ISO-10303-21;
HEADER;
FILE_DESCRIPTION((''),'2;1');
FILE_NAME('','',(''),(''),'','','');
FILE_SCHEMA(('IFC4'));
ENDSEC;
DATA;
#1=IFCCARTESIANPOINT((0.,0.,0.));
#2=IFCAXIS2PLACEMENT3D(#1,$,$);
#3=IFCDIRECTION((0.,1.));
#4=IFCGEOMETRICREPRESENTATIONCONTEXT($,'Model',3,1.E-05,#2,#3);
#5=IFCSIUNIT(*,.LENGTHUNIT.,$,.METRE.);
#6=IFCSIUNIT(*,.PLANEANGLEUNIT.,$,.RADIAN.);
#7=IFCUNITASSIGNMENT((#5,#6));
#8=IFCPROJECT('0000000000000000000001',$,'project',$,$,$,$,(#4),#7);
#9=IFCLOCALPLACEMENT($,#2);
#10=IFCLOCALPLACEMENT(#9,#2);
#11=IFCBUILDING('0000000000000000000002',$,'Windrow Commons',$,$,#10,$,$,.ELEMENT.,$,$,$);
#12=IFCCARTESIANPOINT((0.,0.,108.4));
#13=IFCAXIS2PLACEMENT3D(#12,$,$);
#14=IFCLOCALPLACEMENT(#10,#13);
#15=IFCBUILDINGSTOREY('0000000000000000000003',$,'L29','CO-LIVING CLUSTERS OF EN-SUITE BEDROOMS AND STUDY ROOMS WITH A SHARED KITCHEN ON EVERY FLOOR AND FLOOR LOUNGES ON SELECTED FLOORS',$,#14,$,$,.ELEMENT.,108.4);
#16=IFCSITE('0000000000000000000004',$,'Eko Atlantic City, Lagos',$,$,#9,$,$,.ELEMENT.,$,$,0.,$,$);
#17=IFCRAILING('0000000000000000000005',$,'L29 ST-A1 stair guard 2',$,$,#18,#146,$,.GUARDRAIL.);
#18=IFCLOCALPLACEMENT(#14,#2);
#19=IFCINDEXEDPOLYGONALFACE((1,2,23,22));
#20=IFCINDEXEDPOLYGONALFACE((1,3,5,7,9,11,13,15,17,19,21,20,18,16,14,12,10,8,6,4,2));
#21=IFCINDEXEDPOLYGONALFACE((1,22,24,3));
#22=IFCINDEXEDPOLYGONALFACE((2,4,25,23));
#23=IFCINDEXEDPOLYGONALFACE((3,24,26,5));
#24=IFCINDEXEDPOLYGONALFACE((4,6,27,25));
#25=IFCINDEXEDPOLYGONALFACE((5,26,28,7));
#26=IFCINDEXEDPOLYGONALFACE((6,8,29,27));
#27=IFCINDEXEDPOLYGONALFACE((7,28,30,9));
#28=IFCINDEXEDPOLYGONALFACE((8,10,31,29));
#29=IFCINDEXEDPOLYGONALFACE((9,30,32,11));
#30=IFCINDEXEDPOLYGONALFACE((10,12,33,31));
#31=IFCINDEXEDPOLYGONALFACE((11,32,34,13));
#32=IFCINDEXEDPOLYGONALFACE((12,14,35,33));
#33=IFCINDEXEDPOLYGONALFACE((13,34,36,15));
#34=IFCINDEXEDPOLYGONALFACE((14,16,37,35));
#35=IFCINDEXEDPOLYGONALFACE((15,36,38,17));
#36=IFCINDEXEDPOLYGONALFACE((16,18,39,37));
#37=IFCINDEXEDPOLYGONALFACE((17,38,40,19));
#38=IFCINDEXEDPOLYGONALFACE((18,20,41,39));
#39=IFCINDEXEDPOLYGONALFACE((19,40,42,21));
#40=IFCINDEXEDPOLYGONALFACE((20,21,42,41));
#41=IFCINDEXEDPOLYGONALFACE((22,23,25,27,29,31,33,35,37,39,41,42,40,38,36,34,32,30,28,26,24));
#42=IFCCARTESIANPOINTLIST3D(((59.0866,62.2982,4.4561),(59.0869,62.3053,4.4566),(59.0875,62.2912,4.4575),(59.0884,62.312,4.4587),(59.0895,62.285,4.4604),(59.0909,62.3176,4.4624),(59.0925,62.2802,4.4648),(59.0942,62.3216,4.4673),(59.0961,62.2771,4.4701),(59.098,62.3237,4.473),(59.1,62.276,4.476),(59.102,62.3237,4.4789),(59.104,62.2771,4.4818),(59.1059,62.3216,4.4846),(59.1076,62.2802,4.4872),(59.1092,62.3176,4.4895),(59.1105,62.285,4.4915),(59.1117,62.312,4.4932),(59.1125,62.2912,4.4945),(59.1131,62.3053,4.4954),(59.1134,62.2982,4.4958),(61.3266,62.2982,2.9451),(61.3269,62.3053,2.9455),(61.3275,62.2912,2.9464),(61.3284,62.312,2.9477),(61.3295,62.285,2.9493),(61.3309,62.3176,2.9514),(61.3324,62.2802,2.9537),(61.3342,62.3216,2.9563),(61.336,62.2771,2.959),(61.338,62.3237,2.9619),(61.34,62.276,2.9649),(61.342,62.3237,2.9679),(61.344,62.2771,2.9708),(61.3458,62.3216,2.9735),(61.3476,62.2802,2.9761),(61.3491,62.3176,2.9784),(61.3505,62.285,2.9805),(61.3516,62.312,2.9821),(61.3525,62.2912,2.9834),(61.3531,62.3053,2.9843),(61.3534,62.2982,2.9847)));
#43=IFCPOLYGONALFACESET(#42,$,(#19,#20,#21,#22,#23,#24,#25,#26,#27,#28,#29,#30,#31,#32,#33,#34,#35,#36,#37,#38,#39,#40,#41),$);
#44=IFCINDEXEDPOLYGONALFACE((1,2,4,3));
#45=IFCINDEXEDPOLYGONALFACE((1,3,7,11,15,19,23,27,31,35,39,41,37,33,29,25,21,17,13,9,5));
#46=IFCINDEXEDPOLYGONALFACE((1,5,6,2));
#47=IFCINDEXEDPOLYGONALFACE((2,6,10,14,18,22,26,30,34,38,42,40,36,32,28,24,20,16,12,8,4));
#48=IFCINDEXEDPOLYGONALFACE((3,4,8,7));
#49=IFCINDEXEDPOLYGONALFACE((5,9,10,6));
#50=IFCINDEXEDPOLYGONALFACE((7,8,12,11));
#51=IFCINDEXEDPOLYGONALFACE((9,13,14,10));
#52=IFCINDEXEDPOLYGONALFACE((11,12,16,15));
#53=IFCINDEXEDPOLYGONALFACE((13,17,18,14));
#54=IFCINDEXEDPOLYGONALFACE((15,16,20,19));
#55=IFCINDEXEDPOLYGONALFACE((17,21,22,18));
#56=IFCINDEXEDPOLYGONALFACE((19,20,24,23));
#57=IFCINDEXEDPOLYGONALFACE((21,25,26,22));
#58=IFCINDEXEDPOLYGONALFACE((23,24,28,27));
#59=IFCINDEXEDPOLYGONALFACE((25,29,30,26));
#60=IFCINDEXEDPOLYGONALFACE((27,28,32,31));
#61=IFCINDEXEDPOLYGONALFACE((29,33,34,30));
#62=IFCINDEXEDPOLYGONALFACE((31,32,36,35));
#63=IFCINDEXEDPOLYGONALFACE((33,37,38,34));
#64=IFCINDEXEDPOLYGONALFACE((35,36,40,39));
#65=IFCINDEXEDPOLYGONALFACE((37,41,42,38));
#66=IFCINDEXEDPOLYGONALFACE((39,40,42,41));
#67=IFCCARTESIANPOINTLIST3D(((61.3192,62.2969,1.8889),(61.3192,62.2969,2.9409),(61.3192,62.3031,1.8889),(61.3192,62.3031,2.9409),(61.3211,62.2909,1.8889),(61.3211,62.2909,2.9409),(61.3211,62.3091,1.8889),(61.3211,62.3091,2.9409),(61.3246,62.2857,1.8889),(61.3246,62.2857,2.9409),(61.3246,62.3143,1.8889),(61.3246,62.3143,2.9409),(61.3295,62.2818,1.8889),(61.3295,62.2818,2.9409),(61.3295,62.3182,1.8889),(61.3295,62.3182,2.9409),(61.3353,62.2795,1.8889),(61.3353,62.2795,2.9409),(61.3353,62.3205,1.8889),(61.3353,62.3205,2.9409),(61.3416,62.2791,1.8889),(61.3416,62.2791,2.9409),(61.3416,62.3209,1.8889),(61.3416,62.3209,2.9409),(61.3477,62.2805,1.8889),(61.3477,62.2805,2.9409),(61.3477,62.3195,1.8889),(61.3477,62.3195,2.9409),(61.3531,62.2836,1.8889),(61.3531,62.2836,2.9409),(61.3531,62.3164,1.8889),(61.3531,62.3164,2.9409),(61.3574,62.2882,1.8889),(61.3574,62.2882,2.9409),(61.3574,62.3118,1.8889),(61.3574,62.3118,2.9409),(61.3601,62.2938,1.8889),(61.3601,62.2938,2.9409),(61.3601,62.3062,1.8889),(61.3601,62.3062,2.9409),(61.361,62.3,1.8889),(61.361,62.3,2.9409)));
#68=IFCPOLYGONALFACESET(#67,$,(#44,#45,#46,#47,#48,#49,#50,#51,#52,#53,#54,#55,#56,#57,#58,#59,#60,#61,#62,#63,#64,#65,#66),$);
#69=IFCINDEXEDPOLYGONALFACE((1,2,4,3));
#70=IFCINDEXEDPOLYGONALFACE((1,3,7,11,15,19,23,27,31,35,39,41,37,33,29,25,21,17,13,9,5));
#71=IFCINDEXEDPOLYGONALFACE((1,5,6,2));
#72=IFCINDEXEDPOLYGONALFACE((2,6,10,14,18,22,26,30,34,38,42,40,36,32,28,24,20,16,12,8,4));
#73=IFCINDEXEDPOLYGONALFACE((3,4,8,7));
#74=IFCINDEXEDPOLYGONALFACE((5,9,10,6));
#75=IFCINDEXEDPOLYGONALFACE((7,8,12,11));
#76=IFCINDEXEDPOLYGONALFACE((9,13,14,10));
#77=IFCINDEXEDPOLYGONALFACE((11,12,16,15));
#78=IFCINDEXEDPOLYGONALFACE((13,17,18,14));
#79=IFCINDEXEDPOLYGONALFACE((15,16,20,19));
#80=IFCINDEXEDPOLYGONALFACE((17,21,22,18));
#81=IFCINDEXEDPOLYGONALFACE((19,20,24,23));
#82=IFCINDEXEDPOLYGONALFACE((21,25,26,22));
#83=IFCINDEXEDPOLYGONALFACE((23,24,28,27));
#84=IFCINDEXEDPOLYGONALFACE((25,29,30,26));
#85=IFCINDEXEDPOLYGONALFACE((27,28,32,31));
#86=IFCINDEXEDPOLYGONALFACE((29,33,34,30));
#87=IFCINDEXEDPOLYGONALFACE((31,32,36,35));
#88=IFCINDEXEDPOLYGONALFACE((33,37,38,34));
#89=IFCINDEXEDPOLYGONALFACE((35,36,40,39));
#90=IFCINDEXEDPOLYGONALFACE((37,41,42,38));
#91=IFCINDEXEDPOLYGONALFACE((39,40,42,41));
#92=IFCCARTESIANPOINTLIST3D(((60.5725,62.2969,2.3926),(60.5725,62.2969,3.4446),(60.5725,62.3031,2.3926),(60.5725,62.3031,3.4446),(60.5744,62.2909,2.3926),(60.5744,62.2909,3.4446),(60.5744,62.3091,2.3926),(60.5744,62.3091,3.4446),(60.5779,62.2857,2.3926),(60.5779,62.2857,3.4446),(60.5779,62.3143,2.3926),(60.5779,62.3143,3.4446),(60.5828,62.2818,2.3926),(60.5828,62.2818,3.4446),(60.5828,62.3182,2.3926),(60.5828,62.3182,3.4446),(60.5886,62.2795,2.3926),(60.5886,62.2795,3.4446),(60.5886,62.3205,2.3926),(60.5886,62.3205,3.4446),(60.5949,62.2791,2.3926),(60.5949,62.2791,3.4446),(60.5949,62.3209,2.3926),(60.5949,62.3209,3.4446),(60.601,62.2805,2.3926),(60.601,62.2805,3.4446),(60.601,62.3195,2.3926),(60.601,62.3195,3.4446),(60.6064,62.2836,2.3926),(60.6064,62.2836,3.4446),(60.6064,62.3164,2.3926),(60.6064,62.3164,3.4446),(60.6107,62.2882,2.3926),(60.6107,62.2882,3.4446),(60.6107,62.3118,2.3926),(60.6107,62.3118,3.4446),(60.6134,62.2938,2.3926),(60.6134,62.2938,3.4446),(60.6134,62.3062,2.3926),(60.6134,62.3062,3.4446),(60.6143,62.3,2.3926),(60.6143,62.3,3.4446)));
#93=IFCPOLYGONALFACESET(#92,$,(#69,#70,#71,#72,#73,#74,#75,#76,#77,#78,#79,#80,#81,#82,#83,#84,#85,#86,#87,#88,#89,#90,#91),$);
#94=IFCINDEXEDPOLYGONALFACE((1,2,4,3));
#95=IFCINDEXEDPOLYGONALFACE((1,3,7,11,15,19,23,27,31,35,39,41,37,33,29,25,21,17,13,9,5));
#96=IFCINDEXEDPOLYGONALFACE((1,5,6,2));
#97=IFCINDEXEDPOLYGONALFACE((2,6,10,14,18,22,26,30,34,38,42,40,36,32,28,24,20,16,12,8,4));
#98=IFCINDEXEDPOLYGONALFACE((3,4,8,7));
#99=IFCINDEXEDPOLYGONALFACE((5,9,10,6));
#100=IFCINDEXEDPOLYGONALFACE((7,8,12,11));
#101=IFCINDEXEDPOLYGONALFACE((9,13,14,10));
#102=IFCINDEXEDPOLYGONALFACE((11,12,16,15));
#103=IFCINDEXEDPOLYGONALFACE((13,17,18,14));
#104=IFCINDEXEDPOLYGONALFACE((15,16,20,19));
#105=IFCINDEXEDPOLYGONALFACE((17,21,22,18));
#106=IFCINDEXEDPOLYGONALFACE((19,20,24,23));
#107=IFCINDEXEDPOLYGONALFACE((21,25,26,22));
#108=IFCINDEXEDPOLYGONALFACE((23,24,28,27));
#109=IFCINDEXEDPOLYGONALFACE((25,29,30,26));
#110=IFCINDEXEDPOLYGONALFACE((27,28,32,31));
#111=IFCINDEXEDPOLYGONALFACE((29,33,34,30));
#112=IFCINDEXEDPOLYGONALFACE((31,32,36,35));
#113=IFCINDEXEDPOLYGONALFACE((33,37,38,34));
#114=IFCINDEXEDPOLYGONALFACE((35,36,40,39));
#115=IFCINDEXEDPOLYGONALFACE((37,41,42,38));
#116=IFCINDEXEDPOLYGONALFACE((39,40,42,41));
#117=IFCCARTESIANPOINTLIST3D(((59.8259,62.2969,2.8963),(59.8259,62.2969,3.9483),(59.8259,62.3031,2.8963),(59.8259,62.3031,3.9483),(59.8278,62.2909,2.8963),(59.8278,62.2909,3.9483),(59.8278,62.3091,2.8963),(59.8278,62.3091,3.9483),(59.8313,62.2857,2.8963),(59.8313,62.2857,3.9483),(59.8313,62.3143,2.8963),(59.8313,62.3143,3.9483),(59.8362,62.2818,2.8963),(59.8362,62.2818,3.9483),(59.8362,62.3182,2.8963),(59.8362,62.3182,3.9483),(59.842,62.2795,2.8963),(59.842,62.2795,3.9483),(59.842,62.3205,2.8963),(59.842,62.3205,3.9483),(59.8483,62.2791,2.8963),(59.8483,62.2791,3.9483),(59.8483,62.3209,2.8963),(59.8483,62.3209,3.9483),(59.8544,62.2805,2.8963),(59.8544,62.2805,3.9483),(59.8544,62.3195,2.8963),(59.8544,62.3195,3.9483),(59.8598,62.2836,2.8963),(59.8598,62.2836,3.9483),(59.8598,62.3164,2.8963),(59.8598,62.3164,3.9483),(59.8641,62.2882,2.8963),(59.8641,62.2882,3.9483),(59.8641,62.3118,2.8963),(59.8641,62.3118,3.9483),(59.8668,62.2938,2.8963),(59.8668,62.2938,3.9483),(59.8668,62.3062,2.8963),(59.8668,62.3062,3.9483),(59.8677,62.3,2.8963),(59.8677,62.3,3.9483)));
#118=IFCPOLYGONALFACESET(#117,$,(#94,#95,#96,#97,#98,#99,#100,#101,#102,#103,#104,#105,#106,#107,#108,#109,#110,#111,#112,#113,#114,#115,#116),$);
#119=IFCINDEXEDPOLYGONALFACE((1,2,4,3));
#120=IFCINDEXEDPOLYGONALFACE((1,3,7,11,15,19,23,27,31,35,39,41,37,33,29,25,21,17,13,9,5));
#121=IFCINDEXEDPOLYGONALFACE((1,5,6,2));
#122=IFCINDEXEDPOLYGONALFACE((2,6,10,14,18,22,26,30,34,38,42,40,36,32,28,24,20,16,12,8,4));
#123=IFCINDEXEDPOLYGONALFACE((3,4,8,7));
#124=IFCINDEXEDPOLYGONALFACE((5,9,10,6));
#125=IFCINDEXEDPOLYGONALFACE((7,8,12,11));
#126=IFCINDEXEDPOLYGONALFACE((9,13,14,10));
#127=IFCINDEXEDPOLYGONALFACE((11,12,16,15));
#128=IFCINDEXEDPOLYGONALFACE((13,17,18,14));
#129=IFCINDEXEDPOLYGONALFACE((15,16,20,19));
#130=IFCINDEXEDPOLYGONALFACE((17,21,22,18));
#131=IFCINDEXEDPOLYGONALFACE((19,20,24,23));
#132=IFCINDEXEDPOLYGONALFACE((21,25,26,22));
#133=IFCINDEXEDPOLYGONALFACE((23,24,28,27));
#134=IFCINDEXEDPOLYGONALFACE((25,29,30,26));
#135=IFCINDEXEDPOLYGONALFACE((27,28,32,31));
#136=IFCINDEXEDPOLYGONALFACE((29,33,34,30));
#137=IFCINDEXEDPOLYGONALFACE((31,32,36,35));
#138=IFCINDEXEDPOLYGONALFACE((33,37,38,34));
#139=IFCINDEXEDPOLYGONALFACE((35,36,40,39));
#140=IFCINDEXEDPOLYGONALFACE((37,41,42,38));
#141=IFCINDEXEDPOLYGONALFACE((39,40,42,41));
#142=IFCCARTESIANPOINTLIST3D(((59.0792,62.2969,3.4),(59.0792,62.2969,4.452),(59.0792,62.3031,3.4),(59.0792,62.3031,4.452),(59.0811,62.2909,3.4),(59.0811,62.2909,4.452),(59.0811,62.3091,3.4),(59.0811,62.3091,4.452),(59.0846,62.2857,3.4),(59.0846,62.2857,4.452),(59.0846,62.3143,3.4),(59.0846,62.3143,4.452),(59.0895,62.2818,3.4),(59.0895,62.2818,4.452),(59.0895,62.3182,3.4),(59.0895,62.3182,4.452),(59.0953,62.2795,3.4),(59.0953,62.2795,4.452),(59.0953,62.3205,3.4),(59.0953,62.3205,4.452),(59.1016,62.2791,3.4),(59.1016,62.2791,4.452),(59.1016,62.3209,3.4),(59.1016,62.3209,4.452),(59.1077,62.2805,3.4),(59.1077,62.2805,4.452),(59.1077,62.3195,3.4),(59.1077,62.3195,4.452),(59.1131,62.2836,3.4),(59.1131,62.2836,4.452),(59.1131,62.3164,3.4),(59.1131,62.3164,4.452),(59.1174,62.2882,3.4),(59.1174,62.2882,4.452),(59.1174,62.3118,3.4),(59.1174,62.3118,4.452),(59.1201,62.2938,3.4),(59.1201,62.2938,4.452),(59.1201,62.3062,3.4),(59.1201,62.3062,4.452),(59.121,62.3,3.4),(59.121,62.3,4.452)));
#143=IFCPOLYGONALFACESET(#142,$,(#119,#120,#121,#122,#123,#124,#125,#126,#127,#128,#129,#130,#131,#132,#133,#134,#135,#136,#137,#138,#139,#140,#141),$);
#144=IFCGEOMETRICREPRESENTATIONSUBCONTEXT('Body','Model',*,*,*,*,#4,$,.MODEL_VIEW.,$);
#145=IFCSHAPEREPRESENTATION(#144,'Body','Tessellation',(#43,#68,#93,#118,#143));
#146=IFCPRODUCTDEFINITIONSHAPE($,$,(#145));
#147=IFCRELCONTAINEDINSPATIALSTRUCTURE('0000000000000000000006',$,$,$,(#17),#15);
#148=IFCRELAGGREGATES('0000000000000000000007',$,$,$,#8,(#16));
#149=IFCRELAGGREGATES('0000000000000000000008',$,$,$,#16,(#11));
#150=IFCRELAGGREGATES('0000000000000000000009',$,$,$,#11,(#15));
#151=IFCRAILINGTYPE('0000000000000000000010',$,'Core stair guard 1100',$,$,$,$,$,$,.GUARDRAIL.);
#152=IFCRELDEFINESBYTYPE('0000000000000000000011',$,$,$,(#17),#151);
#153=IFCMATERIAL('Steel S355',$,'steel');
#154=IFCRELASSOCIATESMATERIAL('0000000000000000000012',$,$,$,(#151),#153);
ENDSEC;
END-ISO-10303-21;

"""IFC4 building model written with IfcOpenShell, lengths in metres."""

from ifc_helpers import new_model, si_unit, direction, frame, origin, origin_2d, place, context, subcontext, project, spatial, circle, extrude, material, type_object, element, save


model = new_model("IFC4")

# Units and contexts
model_context = context("Model", 3, precision=1e-05, world=origin(), true_north=direction((0.0, 1.0)))
body_context = subcontext(model_context, "Body", "Model", "MODEL_VIEW")
ifc_project = project(units=[si_unit("LENGTHUNIT", "METRE"), si_unit("PLANEANGLEUNIT", "RADIAN")], contexts=[model_context])

# Site, building, storey
site_placement = place(None, origin())
site = spatial("IfcSite", under=ifc_project, at=site_placement, Name="Eko Atlantic City, Lagos", CompositionType="ELEMENT", RefElevation=0.0)
building_placement = place(site_placement, origin())
building = spatial("IfcBuilding", under=site, at=building_placement, Name="Windrow Commons", CompositionType="ELEMENT")
storey_placement = place(building_placement, frame((0.0, 0.0, 108.4)))
storey = spatial("IfcBuildingStorey", under=building, at=storey_placement, Name="L29", Description="CO-LIVING CLUSTERS OF EN-SUITE BEDROOMS AND STUDY ROOMS WITH A SHARED KITCHEN ON EVERY FLOOR AND FLOOR LOUNGES ON SELECTED FLOORS", CompositionType="ELEMENT", Elevation=108.4)

# Railing
ifc_material_1 = material(Name="Steel S355", Category="steel")
railing_type_1 = type_object("IfcRailingType", Name="Core stair guard 1100", PredefinedType="GUARDRAIL", material=ifc_material_1)
for number, where, name in (
    (1, (61.34, 62.3, 1.8889), "L29 ST-A1 stair guard 2"),
):
    element("IfcRailing", number, at=place(storey_placement, frame(where)), inside=storey, type_object=railing_type_1, Name=name, PredefinedType="GUARDRAIL", context=body_context, shape_type="SweptSolid", body=[
        extrude(circle(Radius=0.024, at=origin_2d()), frame((0.0, 0.0, 1.076), z_axis=(-0.829003, 0.0, 0.559244), x_axis=(0.0, -1.0, 0.0)), (0.0, 0.0, 1.0), 2.702),
        extrude(circle(Radius=0.021, at=origin_2d()), origin(), (0.0, 0.0, 1.0), 1.052),
        extrude(circle(Radius=0.021, at=origin_2d()), frame((-0.7467, 0.0, 0.5037)), (0.0, 0.0, 1.0), 1.052),
        extrude(circle(Radius=0.021, at=origin_2d()), frame((-1.4933, 0.0, 1.0074)), (0.0, 0.0, 1.0), 1.052),
        extrude(circle(Radius=0.021, at=origin_2d()), frame((-2.24, 0.0, 1.5111)), (0.0, 0.0, 1.0), 1.052),
    ])

save(model, "model.ifc")
